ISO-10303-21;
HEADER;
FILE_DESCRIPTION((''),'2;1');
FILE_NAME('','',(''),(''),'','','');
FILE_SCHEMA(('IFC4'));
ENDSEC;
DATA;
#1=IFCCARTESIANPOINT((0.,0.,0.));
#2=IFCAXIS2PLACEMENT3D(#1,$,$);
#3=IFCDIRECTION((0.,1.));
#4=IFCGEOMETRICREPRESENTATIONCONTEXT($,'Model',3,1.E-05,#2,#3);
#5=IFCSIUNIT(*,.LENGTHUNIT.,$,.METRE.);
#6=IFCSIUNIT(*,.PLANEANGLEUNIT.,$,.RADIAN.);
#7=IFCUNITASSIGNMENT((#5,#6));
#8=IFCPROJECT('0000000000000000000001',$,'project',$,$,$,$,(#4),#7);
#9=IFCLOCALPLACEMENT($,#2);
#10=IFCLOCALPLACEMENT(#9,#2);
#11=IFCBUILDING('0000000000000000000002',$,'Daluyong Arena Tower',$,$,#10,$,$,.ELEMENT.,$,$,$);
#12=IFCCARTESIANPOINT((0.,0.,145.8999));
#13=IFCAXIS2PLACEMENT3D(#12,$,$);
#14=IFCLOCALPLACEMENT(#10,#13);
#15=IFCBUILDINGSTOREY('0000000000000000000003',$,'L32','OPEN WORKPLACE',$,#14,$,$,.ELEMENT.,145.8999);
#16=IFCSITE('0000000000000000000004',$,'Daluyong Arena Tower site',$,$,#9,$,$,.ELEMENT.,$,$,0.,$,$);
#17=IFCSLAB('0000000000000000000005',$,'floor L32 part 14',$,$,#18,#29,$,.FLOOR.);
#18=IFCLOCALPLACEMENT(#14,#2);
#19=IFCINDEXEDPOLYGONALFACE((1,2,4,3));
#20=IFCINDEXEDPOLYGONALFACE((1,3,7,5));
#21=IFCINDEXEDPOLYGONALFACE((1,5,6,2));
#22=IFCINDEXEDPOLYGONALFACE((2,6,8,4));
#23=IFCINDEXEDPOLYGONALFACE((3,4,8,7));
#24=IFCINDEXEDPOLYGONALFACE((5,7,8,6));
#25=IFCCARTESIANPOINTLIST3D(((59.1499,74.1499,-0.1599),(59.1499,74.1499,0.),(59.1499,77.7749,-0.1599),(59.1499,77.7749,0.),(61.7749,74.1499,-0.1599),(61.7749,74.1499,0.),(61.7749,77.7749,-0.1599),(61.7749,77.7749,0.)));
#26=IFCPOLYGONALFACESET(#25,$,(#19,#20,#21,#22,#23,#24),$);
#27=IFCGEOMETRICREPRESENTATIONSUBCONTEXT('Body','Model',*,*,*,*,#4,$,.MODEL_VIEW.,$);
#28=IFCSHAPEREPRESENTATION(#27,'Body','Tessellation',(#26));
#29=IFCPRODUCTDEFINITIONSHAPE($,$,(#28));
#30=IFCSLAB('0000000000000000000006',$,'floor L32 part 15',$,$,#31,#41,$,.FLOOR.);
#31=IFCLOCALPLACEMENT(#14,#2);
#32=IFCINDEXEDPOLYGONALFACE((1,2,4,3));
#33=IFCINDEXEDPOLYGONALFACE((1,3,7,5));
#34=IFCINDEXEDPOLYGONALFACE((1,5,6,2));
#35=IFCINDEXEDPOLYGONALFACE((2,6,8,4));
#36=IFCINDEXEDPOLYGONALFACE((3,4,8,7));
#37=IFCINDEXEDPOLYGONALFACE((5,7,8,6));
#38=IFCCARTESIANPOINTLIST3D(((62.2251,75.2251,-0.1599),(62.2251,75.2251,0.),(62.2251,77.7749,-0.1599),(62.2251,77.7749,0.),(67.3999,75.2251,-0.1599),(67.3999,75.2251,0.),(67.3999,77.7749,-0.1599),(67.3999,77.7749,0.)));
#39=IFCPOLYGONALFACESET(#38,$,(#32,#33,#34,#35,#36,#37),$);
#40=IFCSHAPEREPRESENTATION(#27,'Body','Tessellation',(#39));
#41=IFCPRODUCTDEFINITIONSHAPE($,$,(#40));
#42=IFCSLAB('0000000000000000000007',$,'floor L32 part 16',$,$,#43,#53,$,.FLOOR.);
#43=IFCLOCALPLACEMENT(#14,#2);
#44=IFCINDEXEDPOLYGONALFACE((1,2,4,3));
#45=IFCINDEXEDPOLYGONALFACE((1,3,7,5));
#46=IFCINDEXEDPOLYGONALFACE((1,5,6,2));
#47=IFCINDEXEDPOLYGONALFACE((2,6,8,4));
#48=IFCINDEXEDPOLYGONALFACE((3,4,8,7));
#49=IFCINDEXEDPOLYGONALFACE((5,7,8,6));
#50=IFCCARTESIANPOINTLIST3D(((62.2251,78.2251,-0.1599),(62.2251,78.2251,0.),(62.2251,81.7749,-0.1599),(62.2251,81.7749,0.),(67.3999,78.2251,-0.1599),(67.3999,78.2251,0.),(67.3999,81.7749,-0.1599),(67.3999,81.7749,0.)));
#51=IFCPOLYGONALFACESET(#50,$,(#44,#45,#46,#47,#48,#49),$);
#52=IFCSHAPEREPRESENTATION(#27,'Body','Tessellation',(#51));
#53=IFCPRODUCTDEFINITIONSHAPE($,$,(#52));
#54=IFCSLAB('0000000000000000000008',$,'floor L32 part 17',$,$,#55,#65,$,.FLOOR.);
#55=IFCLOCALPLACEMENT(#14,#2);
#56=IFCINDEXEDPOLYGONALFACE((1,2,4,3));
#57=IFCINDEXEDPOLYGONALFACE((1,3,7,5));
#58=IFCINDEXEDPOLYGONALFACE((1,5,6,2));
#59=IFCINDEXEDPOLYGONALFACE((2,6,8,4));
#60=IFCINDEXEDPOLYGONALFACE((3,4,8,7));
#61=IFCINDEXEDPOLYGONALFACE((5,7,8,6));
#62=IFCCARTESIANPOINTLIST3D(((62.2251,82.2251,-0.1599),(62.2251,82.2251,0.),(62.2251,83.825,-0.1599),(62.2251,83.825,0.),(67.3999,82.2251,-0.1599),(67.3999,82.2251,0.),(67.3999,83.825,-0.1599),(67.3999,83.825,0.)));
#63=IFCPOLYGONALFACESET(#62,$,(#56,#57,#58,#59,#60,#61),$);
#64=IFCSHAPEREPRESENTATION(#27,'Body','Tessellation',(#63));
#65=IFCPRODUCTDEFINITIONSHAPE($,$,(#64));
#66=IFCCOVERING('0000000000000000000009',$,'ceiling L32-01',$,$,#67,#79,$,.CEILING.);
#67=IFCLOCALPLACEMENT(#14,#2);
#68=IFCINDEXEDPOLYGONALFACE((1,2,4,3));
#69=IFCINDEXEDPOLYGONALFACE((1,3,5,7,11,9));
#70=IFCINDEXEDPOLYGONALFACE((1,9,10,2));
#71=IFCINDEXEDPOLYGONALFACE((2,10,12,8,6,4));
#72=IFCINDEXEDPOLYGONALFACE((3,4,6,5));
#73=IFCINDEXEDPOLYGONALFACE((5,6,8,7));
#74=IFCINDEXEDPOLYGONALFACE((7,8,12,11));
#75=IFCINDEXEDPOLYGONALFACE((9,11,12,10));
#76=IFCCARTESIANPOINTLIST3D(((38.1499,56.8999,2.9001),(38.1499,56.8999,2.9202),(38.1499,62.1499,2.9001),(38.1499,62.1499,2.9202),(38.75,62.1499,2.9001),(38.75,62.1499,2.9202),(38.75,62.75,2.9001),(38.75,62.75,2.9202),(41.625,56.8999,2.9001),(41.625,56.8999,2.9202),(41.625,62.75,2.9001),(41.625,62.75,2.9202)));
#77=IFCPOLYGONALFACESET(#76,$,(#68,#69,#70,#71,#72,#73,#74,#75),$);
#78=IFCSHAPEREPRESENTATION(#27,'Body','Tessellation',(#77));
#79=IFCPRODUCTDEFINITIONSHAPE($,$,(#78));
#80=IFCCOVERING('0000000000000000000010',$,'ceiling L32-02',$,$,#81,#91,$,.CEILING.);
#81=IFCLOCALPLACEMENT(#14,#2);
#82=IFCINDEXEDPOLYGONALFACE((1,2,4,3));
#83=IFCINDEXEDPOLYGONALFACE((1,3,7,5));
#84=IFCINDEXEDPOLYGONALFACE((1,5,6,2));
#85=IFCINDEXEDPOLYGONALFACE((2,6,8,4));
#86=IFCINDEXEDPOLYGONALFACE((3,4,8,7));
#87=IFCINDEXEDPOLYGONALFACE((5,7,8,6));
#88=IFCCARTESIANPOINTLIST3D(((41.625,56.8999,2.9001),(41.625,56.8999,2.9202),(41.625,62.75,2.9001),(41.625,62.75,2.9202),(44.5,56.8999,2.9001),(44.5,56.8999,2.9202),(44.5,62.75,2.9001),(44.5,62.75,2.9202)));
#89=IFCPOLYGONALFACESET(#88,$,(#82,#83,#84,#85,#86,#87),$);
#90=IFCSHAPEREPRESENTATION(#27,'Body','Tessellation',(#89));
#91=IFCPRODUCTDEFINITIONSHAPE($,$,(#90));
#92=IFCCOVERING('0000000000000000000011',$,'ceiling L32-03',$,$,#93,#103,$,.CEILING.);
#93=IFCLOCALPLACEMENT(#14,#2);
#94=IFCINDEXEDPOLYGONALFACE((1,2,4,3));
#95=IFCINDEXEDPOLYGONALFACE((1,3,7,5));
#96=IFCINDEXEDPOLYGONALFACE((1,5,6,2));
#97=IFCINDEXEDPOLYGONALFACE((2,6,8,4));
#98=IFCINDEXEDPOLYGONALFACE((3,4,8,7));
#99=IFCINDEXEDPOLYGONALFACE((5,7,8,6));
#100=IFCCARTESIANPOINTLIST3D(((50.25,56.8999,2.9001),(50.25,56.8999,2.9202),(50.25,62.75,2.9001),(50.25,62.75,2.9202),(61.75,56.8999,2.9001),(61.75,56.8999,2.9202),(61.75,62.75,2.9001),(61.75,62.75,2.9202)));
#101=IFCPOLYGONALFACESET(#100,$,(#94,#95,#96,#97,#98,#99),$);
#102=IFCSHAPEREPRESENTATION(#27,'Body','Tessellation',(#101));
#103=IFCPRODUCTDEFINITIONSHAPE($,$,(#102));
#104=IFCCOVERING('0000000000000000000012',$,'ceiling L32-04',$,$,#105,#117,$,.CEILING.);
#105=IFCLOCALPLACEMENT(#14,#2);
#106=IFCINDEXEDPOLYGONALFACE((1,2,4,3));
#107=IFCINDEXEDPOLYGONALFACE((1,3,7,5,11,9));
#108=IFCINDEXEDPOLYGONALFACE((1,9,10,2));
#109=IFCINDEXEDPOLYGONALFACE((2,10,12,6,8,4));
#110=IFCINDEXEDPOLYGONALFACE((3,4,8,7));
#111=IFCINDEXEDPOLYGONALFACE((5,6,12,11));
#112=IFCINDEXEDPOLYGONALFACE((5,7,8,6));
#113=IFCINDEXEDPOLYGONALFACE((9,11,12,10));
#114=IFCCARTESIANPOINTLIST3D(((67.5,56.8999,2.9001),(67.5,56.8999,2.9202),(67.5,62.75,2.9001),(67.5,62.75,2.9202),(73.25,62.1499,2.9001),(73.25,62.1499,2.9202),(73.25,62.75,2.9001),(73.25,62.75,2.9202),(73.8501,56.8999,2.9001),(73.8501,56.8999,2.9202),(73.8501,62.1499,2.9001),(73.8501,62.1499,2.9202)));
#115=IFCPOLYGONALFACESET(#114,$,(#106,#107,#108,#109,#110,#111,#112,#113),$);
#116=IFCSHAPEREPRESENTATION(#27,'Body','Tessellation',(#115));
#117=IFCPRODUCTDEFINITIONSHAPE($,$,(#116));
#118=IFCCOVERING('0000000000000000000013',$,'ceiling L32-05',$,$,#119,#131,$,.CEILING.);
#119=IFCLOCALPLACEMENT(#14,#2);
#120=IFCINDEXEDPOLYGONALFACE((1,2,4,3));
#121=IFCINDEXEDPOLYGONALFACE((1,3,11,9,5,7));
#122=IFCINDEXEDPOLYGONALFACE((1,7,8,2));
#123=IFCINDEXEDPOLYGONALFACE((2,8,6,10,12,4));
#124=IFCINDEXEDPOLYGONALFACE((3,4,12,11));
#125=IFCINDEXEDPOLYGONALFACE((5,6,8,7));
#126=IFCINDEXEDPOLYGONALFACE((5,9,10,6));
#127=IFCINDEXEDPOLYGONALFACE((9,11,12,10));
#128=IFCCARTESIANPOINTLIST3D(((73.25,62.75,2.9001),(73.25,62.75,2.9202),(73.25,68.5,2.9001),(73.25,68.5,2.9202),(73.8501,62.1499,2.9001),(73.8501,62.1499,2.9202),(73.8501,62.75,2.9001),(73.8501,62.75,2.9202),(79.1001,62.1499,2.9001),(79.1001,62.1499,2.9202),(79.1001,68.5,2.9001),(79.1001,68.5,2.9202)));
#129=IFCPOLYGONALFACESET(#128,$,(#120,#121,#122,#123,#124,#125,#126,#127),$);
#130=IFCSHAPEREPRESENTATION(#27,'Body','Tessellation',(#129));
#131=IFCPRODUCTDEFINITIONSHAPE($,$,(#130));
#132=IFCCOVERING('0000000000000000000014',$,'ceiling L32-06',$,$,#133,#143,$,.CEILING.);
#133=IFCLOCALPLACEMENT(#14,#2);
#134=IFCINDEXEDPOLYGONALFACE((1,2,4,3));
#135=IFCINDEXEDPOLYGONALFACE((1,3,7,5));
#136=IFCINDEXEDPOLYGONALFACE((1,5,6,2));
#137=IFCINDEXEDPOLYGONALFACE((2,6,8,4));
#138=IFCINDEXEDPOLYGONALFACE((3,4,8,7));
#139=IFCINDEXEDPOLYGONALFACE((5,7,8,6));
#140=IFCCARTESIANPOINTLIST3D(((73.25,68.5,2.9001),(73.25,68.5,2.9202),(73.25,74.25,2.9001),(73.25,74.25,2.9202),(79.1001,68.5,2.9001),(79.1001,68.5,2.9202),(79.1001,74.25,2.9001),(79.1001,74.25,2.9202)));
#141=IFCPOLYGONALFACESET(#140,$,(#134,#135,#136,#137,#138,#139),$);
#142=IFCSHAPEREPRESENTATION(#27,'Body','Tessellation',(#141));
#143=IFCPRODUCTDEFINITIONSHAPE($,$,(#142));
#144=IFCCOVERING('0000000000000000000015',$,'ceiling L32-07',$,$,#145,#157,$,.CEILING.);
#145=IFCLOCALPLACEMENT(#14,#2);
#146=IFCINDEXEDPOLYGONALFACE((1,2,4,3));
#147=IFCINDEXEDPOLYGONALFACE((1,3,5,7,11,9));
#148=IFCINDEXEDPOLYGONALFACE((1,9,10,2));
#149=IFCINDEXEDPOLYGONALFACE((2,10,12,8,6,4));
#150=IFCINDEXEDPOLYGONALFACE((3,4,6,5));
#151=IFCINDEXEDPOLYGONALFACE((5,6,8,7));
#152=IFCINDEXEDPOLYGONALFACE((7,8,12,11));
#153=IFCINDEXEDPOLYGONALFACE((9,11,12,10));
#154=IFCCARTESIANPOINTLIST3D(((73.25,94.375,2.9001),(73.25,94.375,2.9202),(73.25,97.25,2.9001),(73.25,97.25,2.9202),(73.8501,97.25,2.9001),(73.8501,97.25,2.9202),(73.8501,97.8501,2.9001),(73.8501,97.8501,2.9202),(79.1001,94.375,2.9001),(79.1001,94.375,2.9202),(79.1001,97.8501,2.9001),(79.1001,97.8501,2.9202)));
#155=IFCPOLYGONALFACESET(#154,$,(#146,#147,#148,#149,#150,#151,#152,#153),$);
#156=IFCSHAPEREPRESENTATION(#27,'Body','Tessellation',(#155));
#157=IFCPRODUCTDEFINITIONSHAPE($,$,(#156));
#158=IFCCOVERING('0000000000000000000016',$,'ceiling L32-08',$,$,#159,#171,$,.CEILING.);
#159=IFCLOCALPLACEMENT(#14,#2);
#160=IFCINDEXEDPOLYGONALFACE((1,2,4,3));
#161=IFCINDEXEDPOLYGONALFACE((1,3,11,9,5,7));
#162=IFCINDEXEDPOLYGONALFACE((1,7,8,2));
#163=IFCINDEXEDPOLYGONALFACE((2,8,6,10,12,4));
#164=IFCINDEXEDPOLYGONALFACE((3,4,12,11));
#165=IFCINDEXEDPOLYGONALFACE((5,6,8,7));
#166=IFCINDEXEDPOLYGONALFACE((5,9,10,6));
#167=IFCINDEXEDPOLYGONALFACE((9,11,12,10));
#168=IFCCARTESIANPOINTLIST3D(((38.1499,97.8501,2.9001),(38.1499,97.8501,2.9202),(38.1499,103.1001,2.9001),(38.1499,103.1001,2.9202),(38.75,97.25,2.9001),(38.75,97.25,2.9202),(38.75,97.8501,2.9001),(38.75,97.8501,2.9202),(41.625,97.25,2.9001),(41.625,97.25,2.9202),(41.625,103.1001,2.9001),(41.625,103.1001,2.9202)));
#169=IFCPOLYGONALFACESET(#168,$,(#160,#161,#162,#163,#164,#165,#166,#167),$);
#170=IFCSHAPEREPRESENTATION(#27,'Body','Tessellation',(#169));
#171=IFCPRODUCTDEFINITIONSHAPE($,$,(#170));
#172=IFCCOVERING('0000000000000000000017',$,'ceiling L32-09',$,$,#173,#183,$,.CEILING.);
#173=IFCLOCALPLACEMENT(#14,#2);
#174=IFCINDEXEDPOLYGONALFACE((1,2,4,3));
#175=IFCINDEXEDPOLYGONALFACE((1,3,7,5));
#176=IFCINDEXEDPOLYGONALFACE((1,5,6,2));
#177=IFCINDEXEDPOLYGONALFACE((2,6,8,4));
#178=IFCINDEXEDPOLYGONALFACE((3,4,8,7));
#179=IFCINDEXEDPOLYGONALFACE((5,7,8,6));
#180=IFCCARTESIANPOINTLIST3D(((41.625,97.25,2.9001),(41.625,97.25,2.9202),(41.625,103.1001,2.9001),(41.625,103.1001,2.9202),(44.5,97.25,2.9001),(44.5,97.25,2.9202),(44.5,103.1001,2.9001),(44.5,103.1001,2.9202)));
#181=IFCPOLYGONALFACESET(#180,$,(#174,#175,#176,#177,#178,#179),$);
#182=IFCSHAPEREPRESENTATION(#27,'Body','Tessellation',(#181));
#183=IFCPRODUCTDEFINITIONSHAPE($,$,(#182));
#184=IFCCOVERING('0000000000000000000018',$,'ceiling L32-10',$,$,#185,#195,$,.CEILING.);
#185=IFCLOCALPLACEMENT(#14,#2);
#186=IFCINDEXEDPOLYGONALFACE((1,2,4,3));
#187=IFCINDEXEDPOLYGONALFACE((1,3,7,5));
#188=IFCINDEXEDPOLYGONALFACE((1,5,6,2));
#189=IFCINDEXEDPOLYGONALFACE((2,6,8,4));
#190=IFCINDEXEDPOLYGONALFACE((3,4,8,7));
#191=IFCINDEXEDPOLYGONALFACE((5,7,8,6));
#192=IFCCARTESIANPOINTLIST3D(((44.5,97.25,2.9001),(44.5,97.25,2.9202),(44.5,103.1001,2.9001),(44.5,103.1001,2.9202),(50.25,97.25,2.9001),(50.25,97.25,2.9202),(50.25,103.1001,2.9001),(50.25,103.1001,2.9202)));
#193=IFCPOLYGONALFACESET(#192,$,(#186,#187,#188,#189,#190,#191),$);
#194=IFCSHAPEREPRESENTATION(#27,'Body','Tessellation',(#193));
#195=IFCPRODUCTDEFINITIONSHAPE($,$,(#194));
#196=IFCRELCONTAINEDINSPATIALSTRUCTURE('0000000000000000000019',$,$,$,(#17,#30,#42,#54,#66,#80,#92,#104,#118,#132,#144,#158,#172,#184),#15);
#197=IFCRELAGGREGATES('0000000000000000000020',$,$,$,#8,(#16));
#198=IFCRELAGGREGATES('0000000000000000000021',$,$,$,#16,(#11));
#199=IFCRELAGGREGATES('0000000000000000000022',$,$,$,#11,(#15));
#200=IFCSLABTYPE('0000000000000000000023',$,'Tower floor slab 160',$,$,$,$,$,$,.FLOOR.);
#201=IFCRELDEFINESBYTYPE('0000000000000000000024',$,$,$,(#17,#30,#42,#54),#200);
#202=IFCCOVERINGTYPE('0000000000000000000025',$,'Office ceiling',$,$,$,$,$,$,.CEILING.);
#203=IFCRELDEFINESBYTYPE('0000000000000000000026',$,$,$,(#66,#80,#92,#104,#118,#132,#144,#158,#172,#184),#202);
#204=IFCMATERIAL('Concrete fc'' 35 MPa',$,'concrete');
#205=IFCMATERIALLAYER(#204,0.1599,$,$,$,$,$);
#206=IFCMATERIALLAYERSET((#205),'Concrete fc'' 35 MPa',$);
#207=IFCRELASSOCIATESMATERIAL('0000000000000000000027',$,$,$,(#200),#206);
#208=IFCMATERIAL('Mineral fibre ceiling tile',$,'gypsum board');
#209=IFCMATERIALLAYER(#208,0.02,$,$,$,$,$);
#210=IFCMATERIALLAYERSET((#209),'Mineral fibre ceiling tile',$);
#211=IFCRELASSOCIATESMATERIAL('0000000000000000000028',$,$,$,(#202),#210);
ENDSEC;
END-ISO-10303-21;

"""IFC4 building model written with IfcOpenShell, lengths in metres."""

from ifc_helpers import new_model, si_unit, direction, frame, origin, place, context, subcontext, project, spatial, polyline, outline, extrude, material, layer, layer_set, type_object, element, save


model = new_model("IFC4")

# Units and contexts
model_context = context("Model", 3, precision=1e-05, world=origin(), true_north=direction((0.0, 1.0)))
body_context = subcontext(model_context, "Body", "Model", "MODEL_VIEW")
ifc_project = project(units=[si_unit("LENGTHUNIT", "METRE"), si_unit("PLANEANGLEUNIT", "RADIAN")], contexts=[model_context])

# Site, building, storey
site_placement = place(None, origin())
site = spatial("IfcSite", under=ifc_project, at=site_placement, Name="Daluyong Arena Tower site", CompositionType="ELEMENT", RefElevation=0.0)
building_placement = place(site_placement, origin())
building = spatial("IfcBuilding", under=site, at=building_placement, Name="Daluyong Arena Tower", CompositionType="ELEMENT")
storey_placement = place(building_placement, frame((0.0, 0.0, 145.8999)))
storey = spatial("IfcBuildingStorey", under=building, at=storey_placement, Name="L32", Description="OPEN WORKPLACE", CompositionType="ELEMENT", Elevation=145.8999)

# Slabs
ifc_material_1 = material(Name="Concrete fc' 35 MPa", Category="concrete")
ifc_layer_1 = layer(ifc_material_1, 0.1599)
ifc_layer_set_1 = layer_set([ifc_layer_1], Name="Concrete fc' 35 MPa")
slab_type = type_object("IfcSlabType", Name="Tower floor slab 160", PredefinedType="FLOOR", material=ifc_layer_set_1)
slab_1_placement = place(storey_placement, frame((0.0, 0.0, -0.1599)))
element("IfcSlab", 1, at=slab_1_placement, inside=storey, type_object=slab_type, Name="floor L32 part 14", PredefinedType="FLOOR", context=body_context, shape_type="SweptSolid", body=[
    extrude(outline(polyline([(59.1499, 77.7749), (59.1499, 74.1499), (61.7749, 74.1499), (61.7749, 77.7749), (59.1499, 77.7749)])), origin(), (0.0, 0.0, 1.0), 0.1599),
])
slab_2_placement = place(storey_placement, frame((0.0, 0.0, -0.1599)))
element("IfcSlab", 2, at=slab_2_placement, inside=storey, type_object=slab_type, Name="floor L32 part 15", PredefinedType="FLOOR", context=body_context, shape_type="SweptSolid", body=[
    extrude(outline(polyline([(62.2251, 75.2251), (67.3999, 75.2251), (67.3999, 77.7749), (62.2251, 77.7749), (62.2251, 75.2251)])), origin(), (0.0, 0.0, 1.0), 0.1599),
])
slab_3_placement = place(storey_placement, frame((0.0, 0.0, -0.1599)))
element("IfcSlab", 3, at=slab_3_placement, inside=storey, type_object=slab_type, Name="floor L32 part 16", PredefinedType="FLOOR", context=body_context, shape_type="SweptSolid", body=[
    extrude(outline(polyline([(62.2251, 78.2251), (67.3999, 78.2251), (67.3999, 81.7749), (62.2251, 81.7749), (62.2251, 78.2251)])), origin(), (0.0, 0.0, 1.0), 0.1599),
])
slab_4_placement = place(storey_placement, frame((0.0, 0.0, -0.1599)))
element("IfcSlab", 4, at=slab_4_placement, inside=storey, type_object=slab_type, Name="floor L32 part 17", PredefinedType="FLOOR", context=body_context, shape_type="SweptSolid", body=[
    extrude(outline(polyline([(62.2251, 82.2251), (67.3999, 82.2251), (67.3999, 83.825), (62.2251, 83.825), (62.2251, 82.2251)])), origin(), (0.0, 0.0, 1.0), 0.1599),
])

# Coverings
ifc_material_2 = material(Name="Mineral fibre ceiling tile", Category="gypsum board")
ifc_layer_2 = layer(ifc_material_2, 0.02)
ifc_layer_set_2 = layer_set([ifc_layer_2], Name="Mineral fibre ceiling tile")
covering_type = type_object("IfcCoveringType", Name="Office ceiling", PredefinedType="CEILING", material=ifc_layer_set_2)
covering_1_placement = place(storey_placement, frame((0.0, 0.0, 2.9001)))
element("IfcCovering", 5, at=covering_1_placement, inside=storey, type_object=covering_type, Name="ceiling L32-01", PredefinedType="CEILING", context=body_context, shape_type="SweptSolid", body=[
    extrude(outline(polyline([(38.1499, 62.1499), (38.1499, 56.8999), (41.625, 56.8999), (41.625, 62.75), (38.75, 62.75), (38.75, 62.1499), (38.1499, 62.1499)])), origin(), (0.0, 0.0, 1.0), 0.02),
])
covering_2_placement = place(storey_placement, frame((0.0, 0.0, 2.9001)))
element("IfcCovering", 6, at=covering_2_placement, inside=storey, type_object=covering_type, Name="ceiling L32-02", PredefinedType="CEILING", context=body_context, shape_type="SweptSolid", body=[
    extrude(outline(polyline([(41.625, 62.75), (41.625, 56.8999), (44.5, 56.8999), (44.5, 62.75), (41.625, 62.75)])), origin(), (0.0, 0.0, 1.0), 0.02),
])
covering_3_placement = place(storey_placement, frame((0.0, 0.0, 2.9001)))
element("IfcCovering", 7, at=covering_3_placement, inside=storey, type_object=covering_type, Name="ceiling L32-03", PredefinedType="CEILING", context=body_context, shape_type="SweptSolid", body=[
    extrude(outline(polyline([(50.25, 62.75), (50.25, 56.8999), (61.75, 56.8999), (61.75, 62.75), (50.25, 62.75)])), origin(), (0.0, 0.0, 1.0), 0.02),
])
covering_4_placement = place(storey_placement, frame((0.0, 0.0, 2.9001)))
element("IfcCovering", 8, at=covering_4_placement, inside=storey, type_object=covering_type, Name="ceiling L32-04", PredefinedType="CEILING", context=body_context, shape_type="SweptSolid", body=[
    extrude(outline(polyline([(73.8501, 56.8999), (73.8501, 62.1499), (73.25, 62.1499), (73.25, 62.75), (67.5, 62.75), (67.5, 56.8999), (73.8501, 56.8999)])), origin(), (0.0, 0.0, 1.0), 0.02),
])
covering_5_placement = place(storey_placement, frame((0.0, 0.0, 2.9001)))
element("IfcCovering", 9, at=covering_5_placement, inside=storey, type_object=covering_type, Name="ceiling L32-05", PredefinedType="CEILING", context=body_context, shape_type="SweptSolid", body=[
    extrude(outline(polyline([(73.8501, 62.1499), (79.1001, 62.1499), (79.1001, 68.5), (73.25, 68.5), (73.25, 62.75), (73.8501, 62.75), (73.8501, 62.1499)])), origin(), (0.0, 0.0, 1.0), 0.02),
])
covering_6_placement = place(storey_placement, frame((0.0, 0.0, 2.9001)))
element("IfcCovering", 10, at=covering_6_placement, inside=storey, type_object=covering_type, Name="ceiling L32-06", PredefinedType="CEILING", context=body_context, shape_type="SweptSolid", body=[
    extrude(outline(polyline([(73.25, 68.5), (79.1001, 68.5), (79.1001, 74.25), (73.25, 74.25), (73.25, 68.5)])), origin(), (0.0, 0.0, 1.0), 0.02),
])
covering_7_placement = place(storey_placement, frame((0.0, 0.0, 2.9001)))
element("IfcCovering", 11, at=covering_7_placement, inside=storey, type_object=covering_type, Name="ceiling L32-07", PredefinedType="CEILING", context=body_context, shape_type="SweptSolid", body=[
    extrude(outline(polyline([(73.25, 94.375), (79.1001, 94.375), (79.1001, 97.8501), (73.8501, 97.8501), (73.8501, 97.25), (73.25, 97.25), (73.25, 94.375)])), origin(), (0.0, 0.0, 1.0), 0.02),
])
covering_8_placement = place(storey_placement, frame((0.0, 0.0, 2.9001)))
element("IfcCovering", 12, at=covering_8_placement, inside=storey, type_object=covering_type, Name="ceiling L32-08", PredefinedType="CEILING", context=body_context, shape_type="SweptSolid", body=[
    extrude(outline(polyline([(41.625, 97.25), (41.625, 103.1001), (38.1499, 103.1001), (38.1499, 97.8501), (38.75, 97.8501), (38.75, 97.25), (41.625, 97.25)])), origin(), (0.0, 0.0, 1.0), 0.02),
])
covering_9_placement = place(storey_placement, frame((0.0, 0.0, 2.9001)))
element("IfcCovering", 13, at=covering_9_placement, inside=storey, type_object=covering_type, Name="ceiling L32-09", PredefinedType="CEILING", context=body_context, shape_type="SweptSolid", body=[
    extrude(outline(polyline([(44.5, 97.25), (44.5, 103.1001), (41.625, 103.1001), (41.625, 97.25), (44.5, 97.25)])), origin(), (0.0, 0.0, 1.0), 0.02),
])
covering_10_placement = place(storey_placement, frame((0.0, 0.0, 2.9001)))
element("IfcCovering", 14, at=covering_10_placement, inside=storey, type_object=covering_type, Name="ceiling L32-10", PredefinedType="CEILING", context=body_context, shape_type="SweptSolid", body=[
    extrude(outline(polyline([(50.25, 97.25), (50.25, 103.1001), (44.5, 103.1001), (44.5, 97.25), (50.25, 97.25)])), origin(), (0.0, 0.0, 1.0), 0.02),
])

save(model, "model.ifc")
